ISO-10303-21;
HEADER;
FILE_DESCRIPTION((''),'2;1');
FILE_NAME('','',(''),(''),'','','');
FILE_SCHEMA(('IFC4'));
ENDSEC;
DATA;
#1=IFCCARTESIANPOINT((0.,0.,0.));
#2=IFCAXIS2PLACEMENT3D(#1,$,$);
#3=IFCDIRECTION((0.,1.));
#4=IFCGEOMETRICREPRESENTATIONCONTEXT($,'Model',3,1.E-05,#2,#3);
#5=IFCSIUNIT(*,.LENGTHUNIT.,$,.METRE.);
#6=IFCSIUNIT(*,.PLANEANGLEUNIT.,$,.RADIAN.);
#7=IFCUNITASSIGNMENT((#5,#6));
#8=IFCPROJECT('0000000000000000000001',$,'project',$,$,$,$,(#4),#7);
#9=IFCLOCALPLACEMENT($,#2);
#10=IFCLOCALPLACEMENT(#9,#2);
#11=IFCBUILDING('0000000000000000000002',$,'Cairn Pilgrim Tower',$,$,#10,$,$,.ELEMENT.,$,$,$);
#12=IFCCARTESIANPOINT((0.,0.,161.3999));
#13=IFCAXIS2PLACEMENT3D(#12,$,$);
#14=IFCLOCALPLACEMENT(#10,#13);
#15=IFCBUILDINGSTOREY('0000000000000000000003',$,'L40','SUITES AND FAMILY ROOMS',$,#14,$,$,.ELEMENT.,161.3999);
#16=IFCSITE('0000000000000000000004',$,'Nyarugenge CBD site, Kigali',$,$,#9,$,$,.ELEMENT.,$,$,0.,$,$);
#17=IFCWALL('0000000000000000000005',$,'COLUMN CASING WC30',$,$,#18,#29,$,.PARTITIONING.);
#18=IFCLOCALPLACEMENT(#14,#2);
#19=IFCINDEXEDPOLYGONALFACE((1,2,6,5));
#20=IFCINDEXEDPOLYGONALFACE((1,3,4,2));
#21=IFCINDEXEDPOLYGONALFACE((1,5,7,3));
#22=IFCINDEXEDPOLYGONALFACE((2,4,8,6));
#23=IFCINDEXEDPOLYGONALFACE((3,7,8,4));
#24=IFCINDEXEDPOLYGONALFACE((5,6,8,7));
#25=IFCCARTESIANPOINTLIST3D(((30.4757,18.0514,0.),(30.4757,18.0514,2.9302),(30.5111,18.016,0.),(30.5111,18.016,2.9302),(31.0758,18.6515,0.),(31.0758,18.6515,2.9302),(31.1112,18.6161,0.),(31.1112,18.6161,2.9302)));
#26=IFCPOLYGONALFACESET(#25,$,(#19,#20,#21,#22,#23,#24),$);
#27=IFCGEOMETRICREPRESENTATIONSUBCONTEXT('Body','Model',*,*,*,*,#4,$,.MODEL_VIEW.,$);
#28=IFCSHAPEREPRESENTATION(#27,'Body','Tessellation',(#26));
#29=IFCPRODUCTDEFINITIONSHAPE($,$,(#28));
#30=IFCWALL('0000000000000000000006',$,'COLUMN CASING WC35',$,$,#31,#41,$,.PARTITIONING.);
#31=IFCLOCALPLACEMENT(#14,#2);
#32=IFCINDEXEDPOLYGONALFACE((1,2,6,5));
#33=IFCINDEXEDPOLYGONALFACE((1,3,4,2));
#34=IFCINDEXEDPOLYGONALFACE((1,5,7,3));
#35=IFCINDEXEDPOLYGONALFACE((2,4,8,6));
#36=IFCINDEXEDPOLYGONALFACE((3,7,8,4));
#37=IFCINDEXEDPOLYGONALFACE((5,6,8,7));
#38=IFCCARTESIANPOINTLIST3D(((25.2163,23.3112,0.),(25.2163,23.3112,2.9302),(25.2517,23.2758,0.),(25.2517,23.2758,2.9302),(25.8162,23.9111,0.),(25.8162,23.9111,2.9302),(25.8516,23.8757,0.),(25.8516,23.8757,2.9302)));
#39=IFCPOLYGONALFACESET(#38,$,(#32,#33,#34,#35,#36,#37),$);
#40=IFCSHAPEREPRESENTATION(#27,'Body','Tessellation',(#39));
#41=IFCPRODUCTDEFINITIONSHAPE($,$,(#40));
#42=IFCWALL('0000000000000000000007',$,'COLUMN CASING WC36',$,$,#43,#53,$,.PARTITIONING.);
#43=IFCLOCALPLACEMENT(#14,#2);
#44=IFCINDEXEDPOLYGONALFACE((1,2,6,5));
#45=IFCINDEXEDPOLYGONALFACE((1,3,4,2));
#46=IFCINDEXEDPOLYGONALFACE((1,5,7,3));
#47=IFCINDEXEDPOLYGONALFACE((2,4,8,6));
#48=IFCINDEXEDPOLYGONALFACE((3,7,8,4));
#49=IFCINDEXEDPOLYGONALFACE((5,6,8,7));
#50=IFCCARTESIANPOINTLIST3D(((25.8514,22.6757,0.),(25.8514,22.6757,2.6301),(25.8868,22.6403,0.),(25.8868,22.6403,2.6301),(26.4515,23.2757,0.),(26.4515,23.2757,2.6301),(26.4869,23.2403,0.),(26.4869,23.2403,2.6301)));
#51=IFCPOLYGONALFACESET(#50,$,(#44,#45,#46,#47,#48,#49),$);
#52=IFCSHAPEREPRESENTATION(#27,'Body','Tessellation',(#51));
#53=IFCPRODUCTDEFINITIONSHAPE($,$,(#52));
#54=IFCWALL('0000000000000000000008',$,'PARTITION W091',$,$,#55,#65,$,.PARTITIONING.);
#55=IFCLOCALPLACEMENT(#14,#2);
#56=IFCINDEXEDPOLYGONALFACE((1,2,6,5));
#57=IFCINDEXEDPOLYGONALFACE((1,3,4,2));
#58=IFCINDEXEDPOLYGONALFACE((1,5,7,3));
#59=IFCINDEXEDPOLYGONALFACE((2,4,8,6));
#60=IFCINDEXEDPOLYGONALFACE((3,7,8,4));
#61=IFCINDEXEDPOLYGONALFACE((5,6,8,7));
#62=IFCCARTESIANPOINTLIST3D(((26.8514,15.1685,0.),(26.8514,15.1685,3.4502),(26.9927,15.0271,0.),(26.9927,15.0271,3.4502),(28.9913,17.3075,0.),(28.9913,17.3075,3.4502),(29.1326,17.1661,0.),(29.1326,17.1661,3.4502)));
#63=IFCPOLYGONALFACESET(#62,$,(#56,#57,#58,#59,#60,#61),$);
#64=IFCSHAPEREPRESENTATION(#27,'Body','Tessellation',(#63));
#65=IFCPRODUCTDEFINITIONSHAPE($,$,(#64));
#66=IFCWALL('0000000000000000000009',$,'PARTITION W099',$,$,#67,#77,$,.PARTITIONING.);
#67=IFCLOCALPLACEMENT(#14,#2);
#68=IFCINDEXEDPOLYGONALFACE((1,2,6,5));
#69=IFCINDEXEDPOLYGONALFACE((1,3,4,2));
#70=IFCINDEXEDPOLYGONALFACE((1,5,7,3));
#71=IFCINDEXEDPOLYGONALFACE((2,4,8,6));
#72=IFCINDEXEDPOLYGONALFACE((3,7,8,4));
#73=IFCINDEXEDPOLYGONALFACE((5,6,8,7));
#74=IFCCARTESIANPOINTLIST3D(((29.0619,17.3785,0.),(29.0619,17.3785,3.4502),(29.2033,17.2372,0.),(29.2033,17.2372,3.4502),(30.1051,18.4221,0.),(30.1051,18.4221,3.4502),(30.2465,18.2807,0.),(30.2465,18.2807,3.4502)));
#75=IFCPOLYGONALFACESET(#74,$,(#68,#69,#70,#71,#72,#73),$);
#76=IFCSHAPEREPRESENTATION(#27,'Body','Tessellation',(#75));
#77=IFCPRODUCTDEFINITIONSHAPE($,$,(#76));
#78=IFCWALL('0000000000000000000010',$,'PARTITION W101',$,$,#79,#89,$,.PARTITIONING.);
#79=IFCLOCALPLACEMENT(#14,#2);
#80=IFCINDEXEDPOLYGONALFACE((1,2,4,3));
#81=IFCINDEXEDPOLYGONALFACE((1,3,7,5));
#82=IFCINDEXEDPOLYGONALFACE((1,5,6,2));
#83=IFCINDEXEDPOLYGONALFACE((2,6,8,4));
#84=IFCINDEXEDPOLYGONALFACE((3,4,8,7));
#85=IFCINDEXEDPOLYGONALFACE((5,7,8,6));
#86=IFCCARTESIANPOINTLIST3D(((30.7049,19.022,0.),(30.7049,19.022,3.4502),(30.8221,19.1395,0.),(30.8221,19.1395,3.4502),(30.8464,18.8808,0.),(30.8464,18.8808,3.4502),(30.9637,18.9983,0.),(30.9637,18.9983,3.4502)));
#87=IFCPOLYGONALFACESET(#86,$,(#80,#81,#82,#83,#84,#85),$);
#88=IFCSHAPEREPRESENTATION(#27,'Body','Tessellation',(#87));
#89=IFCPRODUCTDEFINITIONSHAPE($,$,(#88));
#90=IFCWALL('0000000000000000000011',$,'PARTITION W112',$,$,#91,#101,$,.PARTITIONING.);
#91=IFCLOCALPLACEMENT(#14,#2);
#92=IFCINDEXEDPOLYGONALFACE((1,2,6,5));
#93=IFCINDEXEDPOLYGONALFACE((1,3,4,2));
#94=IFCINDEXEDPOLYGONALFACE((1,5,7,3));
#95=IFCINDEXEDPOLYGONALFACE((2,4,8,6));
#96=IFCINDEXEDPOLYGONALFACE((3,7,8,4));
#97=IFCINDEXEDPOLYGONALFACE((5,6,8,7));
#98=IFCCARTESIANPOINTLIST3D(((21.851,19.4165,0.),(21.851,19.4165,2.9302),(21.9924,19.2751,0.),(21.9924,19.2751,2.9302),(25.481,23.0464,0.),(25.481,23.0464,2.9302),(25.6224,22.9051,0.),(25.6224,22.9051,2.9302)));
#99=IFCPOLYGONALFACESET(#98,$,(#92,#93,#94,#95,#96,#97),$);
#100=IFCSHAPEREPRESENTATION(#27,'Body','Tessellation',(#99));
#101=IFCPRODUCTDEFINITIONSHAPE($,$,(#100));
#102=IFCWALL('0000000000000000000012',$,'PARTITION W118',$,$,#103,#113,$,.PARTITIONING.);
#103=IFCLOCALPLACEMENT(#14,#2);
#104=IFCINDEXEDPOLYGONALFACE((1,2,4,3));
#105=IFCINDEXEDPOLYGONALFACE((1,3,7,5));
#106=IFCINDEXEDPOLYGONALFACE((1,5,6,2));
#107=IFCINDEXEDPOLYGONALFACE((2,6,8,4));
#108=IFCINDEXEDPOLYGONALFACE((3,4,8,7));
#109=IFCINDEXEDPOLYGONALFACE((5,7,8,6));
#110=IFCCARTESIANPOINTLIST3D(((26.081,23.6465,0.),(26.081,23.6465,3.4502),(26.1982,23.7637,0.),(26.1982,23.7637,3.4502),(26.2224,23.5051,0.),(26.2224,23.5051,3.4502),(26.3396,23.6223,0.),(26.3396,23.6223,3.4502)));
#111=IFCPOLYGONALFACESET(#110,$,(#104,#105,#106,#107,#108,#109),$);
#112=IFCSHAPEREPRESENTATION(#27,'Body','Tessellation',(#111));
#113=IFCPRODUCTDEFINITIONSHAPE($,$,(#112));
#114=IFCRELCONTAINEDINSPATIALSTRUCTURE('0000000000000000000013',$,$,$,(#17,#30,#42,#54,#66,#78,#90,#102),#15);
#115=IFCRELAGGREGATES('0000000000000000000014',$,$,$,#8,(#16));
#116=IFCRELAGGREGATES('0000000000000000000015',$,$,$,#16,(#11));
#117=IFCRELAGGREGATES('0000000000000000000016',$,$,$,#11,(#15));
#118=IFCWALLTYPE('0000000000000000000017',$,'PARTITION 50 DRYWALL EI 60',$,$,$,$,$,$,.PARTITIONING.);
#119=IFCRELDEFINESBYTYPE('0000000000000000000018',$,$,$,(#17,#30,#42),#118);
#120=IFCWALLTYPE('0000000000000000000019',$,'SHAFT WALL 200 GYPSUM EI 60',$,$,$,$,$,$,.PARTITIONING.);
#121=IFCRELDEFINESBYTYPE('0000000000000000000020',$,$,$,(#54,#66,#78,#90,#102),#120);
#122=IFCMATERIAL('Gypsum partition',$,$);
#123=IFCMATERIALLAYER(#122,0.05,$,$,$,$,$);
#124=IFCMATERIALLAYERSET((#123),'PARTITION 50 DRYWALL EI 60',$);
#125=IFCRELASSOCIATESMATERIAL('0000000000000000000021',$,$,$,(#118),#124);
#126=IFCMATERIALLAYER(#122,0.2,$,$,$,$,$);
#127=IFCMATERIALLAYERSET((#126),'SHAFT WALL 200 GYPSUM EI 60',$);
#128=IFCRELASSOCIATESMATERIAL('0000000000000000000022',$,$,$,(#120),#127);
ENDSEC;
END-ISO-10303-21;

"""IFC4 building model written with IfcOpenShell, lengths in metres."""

from ifc_helpers import new_model, si_unit, direction, frame, frame_2d, origin, place, context, subcontext, project, spatial, rectangle, extrude, material, layer, layer_set, type_object, element, save


model = new_model("IFC4")

# Units and contexts
model_context = context("Model", 3, precision=1e-05, world=origin(), true_north=direction((0.0, 1.0)))
body_context = subcontext(model_context, "Body", "Model", "MODEL_VIEW")
ifc_project = project(units=[si_unit("LENGTHUNIT", "METRE"), si_unit("PLANEANGLEUNIT", "RADIAN")], contexts=[model_context])

# Site, building, storey
site_placement = place(None, origin())
site = spatial("IfcSite", under=ifc_project, at=site_placement, Name="Nyarugenge CBD site, Kigali", CompositionType="ELEMENT", RefElevation=0.0)
building_placement = place(site_placement, origin())
building = spatial("IfcBuilding", under=site, at=building_placement, Name="Cairn Pilgrim Tower", CompositionType="ELEMENT")
storey_placement = place(building_placement, frame((0.0, 0.0, 161.3999)))
storey = spatial("IfcBuildingStorey", under=building, at=storey_placement, Name="L40", Description="SUITES AND FAMILY ROOMS", CompositionType="ELEMENT", Elevation=161.3999)

# Shared definitions
ifc_material_1 = material(Name="Gypsum partition")

# Walls
ifc_layer_1 = layer(ifc_material_1, 0.05)
ifc_layer_set_1 = layer_set([ifc_layer_1], Name="PARTITION 50 DRYWALL EI 60")
wall_type_1 = type_object("IfcWallType", Name="PARTITION 50 DRYWALL EI 60", PredefinedType="PARTITIONING", material=ifc_layer_set_1)
wall_1_placement = place(storey_placement, frame((30.4934, 18.0337, 0.0), z_axis=(0.0, 0.0, 1.0), x_axis=(0.707107, 0.707107, 0.0)))
element("IfcWall", 1, at=wall_1_placement, inside=storey, type_object=wall_type_1, Name="COLUMN CASING WC30", PredefinedType="PARTITIONING", context=body_context, shape_type="SweptSolid", body=[
    extrude(rectangle(XDim=0.8486, YDim=0.05, at=frame_2d((0.4243, 0.0))), origin(), (0.0, 0.0, 1.0), 2.9302),
])
wall_2_placement = place(storey_placement, frame((25.2339, 23.2935, 0.0), z_axis=(0.0, 0.0, 1.0), x_axis=(0.707107, 0.707107, 0.0)))
element("IfcWall", 2, at=wall_2_placement, inside=storey, type_object=wall_type_1, Name="COLUMN CASING WC35", PredefinedType="PARTITIONING", context=body_context, shape_type="SweptSolid", body=[
    extrude(rectangle(XDim=0.8484, YDim=0.05, at=frame_2d((0.4243, 0.0))), origin(), (0.0, 0.0, 1.0), 2.9302),
])
wall_3_placement = place(storey_placement, frame((25.8691, 22.658, 0.0), z_axis=(0.0, 0.0, 1.0), x_axis=(0.707107, 0.707107, 0.0)))
element("IfcWall", 3, at=wall_3_placement, inside=storey, type_object=wall_type_1, Name="COLUMN CASING WC36", PredefinedType="PARTITIONING", context=body_context, shape_type="SweptSolid", body=[
    extrude(rectangle(XDim=0.8486, YDim=0.05, at=frame_2d((0.4243, 0.0))), origin(), (0.0, 0.0, 1.0), 2.6301),
])
ifc_layer_2 = layer(ifc_material_1, 0.2)
ifc_layer_set_2 = layer_set([ifc_layer_2], Name="SHAFT WALL 200 GYPSUM EI 60")
wall_type_2 = type_object("IfcWallType", Name="SHAFT WALL 200 GYPSUM EI 60", PredefinedType="PARTITIONING", material=ifc_layer_set_2)
wall_4_placement = place(storey_placement, frame((26.9221, 15.0979, 0.0), z_axis=(0.0, 0.0, 1.0), x_axis=(0.707268, 0.706945, 0.0)))
element("IfcWall", 4, at=wall_4_placement, inside=storey, type_object=wall_type_2, Name="PARTITION W091", PredefinedType="PARTITIONING", context=body_context, shape_type="SweptSolid", body=[
    extrude(rectangle(XDim=3.0256, YDim=0.2, at=frame_2d((1.5127, 0.0))), origin(), (0.0, 0.0, 1.0), 3.4502),
])
wall_5_placement = place(storey_placement, frame((29.1326, 17.3079, 0.0), z_axis=(0.0, 0.0, 1.0), x_axis=(0.707024, 0.70719, 0.0)))
element("IfcWall", 5, at=wall_5_placement, inside=storey, type_object=wall_type_2, Name="PARTITION W099", PredefinedType="PARTITIONING", context=body_context, shape_type="SweptSolid", body=[
    extrude(rectangle(XDim=1.4756, YDim=0.2, at=frame_2d((0.7378, 0.0))), origin(), (0.0, 0.0, 1.0), 3.4502),
])
wall_6_placement = place(storey_placement, frame((30.7756, 18.9514, 0.0), z_axis=(0.0, 0.0, 1.0), x_axis=(0.706371, 0.707842, 0.0)))
element("IfcWall", 6, at=wall_6_placement, inside=storey, type_object=wall_type_2, Name="PARTITION W101", PredefinedType="PARTITIONING", context=body_context, shape_type="SweptSolid", body=[
    extrude(rectangle(XDim=0.166, YDim=0.2, at=frame_2d((0.083, 0.0))), origin(), (0.0, 0.0, 1.0), 3.4502),
])
wall_7_placement = place(storey_placement, frame((21.9216, 19.3457, 0.0), z_axis=(0.0, 0.0, 1.0), x_axis=(0.707107, 0.707107, 0.0)))
element("IfcWall", 7, at=wall_7_placement, inside=storey, type_object=wall_type_2, Name="PARTITION W112", PredefinedType="PARTITIONING", context=body_context, shape_type="SweptSolid", body=[
    extrude(rectangle(XDim=5.1335, YDim=0.2, at=frame_2d((2.5669, 0.0))), origin(), (0.0, 0.0, 1.0), 2.9302),
])
wall_8_placement = place(storey_placement, frame((26.1516, 23.5757, 0.0), z_axis=(0.0, 0.0, 1.0), x_axis=(0.707107, 0.707107, 0.0)))
element("IfcWall", 8, at=wall_8_placement, inside=storey, type_object=wall_type_2, Name="PARTITION W118", PredefinedType="PARTITIONING", context=body_context, shape_type="SweptSolid", body=[
    extrude(rectangle(XDim=0.1658, YDim=0.2, at=frame_2d((0.083, 0.0))), origin(), (0.0, 0.0, 1.0), 3.4502),
])

save(model, "model.ifc")
